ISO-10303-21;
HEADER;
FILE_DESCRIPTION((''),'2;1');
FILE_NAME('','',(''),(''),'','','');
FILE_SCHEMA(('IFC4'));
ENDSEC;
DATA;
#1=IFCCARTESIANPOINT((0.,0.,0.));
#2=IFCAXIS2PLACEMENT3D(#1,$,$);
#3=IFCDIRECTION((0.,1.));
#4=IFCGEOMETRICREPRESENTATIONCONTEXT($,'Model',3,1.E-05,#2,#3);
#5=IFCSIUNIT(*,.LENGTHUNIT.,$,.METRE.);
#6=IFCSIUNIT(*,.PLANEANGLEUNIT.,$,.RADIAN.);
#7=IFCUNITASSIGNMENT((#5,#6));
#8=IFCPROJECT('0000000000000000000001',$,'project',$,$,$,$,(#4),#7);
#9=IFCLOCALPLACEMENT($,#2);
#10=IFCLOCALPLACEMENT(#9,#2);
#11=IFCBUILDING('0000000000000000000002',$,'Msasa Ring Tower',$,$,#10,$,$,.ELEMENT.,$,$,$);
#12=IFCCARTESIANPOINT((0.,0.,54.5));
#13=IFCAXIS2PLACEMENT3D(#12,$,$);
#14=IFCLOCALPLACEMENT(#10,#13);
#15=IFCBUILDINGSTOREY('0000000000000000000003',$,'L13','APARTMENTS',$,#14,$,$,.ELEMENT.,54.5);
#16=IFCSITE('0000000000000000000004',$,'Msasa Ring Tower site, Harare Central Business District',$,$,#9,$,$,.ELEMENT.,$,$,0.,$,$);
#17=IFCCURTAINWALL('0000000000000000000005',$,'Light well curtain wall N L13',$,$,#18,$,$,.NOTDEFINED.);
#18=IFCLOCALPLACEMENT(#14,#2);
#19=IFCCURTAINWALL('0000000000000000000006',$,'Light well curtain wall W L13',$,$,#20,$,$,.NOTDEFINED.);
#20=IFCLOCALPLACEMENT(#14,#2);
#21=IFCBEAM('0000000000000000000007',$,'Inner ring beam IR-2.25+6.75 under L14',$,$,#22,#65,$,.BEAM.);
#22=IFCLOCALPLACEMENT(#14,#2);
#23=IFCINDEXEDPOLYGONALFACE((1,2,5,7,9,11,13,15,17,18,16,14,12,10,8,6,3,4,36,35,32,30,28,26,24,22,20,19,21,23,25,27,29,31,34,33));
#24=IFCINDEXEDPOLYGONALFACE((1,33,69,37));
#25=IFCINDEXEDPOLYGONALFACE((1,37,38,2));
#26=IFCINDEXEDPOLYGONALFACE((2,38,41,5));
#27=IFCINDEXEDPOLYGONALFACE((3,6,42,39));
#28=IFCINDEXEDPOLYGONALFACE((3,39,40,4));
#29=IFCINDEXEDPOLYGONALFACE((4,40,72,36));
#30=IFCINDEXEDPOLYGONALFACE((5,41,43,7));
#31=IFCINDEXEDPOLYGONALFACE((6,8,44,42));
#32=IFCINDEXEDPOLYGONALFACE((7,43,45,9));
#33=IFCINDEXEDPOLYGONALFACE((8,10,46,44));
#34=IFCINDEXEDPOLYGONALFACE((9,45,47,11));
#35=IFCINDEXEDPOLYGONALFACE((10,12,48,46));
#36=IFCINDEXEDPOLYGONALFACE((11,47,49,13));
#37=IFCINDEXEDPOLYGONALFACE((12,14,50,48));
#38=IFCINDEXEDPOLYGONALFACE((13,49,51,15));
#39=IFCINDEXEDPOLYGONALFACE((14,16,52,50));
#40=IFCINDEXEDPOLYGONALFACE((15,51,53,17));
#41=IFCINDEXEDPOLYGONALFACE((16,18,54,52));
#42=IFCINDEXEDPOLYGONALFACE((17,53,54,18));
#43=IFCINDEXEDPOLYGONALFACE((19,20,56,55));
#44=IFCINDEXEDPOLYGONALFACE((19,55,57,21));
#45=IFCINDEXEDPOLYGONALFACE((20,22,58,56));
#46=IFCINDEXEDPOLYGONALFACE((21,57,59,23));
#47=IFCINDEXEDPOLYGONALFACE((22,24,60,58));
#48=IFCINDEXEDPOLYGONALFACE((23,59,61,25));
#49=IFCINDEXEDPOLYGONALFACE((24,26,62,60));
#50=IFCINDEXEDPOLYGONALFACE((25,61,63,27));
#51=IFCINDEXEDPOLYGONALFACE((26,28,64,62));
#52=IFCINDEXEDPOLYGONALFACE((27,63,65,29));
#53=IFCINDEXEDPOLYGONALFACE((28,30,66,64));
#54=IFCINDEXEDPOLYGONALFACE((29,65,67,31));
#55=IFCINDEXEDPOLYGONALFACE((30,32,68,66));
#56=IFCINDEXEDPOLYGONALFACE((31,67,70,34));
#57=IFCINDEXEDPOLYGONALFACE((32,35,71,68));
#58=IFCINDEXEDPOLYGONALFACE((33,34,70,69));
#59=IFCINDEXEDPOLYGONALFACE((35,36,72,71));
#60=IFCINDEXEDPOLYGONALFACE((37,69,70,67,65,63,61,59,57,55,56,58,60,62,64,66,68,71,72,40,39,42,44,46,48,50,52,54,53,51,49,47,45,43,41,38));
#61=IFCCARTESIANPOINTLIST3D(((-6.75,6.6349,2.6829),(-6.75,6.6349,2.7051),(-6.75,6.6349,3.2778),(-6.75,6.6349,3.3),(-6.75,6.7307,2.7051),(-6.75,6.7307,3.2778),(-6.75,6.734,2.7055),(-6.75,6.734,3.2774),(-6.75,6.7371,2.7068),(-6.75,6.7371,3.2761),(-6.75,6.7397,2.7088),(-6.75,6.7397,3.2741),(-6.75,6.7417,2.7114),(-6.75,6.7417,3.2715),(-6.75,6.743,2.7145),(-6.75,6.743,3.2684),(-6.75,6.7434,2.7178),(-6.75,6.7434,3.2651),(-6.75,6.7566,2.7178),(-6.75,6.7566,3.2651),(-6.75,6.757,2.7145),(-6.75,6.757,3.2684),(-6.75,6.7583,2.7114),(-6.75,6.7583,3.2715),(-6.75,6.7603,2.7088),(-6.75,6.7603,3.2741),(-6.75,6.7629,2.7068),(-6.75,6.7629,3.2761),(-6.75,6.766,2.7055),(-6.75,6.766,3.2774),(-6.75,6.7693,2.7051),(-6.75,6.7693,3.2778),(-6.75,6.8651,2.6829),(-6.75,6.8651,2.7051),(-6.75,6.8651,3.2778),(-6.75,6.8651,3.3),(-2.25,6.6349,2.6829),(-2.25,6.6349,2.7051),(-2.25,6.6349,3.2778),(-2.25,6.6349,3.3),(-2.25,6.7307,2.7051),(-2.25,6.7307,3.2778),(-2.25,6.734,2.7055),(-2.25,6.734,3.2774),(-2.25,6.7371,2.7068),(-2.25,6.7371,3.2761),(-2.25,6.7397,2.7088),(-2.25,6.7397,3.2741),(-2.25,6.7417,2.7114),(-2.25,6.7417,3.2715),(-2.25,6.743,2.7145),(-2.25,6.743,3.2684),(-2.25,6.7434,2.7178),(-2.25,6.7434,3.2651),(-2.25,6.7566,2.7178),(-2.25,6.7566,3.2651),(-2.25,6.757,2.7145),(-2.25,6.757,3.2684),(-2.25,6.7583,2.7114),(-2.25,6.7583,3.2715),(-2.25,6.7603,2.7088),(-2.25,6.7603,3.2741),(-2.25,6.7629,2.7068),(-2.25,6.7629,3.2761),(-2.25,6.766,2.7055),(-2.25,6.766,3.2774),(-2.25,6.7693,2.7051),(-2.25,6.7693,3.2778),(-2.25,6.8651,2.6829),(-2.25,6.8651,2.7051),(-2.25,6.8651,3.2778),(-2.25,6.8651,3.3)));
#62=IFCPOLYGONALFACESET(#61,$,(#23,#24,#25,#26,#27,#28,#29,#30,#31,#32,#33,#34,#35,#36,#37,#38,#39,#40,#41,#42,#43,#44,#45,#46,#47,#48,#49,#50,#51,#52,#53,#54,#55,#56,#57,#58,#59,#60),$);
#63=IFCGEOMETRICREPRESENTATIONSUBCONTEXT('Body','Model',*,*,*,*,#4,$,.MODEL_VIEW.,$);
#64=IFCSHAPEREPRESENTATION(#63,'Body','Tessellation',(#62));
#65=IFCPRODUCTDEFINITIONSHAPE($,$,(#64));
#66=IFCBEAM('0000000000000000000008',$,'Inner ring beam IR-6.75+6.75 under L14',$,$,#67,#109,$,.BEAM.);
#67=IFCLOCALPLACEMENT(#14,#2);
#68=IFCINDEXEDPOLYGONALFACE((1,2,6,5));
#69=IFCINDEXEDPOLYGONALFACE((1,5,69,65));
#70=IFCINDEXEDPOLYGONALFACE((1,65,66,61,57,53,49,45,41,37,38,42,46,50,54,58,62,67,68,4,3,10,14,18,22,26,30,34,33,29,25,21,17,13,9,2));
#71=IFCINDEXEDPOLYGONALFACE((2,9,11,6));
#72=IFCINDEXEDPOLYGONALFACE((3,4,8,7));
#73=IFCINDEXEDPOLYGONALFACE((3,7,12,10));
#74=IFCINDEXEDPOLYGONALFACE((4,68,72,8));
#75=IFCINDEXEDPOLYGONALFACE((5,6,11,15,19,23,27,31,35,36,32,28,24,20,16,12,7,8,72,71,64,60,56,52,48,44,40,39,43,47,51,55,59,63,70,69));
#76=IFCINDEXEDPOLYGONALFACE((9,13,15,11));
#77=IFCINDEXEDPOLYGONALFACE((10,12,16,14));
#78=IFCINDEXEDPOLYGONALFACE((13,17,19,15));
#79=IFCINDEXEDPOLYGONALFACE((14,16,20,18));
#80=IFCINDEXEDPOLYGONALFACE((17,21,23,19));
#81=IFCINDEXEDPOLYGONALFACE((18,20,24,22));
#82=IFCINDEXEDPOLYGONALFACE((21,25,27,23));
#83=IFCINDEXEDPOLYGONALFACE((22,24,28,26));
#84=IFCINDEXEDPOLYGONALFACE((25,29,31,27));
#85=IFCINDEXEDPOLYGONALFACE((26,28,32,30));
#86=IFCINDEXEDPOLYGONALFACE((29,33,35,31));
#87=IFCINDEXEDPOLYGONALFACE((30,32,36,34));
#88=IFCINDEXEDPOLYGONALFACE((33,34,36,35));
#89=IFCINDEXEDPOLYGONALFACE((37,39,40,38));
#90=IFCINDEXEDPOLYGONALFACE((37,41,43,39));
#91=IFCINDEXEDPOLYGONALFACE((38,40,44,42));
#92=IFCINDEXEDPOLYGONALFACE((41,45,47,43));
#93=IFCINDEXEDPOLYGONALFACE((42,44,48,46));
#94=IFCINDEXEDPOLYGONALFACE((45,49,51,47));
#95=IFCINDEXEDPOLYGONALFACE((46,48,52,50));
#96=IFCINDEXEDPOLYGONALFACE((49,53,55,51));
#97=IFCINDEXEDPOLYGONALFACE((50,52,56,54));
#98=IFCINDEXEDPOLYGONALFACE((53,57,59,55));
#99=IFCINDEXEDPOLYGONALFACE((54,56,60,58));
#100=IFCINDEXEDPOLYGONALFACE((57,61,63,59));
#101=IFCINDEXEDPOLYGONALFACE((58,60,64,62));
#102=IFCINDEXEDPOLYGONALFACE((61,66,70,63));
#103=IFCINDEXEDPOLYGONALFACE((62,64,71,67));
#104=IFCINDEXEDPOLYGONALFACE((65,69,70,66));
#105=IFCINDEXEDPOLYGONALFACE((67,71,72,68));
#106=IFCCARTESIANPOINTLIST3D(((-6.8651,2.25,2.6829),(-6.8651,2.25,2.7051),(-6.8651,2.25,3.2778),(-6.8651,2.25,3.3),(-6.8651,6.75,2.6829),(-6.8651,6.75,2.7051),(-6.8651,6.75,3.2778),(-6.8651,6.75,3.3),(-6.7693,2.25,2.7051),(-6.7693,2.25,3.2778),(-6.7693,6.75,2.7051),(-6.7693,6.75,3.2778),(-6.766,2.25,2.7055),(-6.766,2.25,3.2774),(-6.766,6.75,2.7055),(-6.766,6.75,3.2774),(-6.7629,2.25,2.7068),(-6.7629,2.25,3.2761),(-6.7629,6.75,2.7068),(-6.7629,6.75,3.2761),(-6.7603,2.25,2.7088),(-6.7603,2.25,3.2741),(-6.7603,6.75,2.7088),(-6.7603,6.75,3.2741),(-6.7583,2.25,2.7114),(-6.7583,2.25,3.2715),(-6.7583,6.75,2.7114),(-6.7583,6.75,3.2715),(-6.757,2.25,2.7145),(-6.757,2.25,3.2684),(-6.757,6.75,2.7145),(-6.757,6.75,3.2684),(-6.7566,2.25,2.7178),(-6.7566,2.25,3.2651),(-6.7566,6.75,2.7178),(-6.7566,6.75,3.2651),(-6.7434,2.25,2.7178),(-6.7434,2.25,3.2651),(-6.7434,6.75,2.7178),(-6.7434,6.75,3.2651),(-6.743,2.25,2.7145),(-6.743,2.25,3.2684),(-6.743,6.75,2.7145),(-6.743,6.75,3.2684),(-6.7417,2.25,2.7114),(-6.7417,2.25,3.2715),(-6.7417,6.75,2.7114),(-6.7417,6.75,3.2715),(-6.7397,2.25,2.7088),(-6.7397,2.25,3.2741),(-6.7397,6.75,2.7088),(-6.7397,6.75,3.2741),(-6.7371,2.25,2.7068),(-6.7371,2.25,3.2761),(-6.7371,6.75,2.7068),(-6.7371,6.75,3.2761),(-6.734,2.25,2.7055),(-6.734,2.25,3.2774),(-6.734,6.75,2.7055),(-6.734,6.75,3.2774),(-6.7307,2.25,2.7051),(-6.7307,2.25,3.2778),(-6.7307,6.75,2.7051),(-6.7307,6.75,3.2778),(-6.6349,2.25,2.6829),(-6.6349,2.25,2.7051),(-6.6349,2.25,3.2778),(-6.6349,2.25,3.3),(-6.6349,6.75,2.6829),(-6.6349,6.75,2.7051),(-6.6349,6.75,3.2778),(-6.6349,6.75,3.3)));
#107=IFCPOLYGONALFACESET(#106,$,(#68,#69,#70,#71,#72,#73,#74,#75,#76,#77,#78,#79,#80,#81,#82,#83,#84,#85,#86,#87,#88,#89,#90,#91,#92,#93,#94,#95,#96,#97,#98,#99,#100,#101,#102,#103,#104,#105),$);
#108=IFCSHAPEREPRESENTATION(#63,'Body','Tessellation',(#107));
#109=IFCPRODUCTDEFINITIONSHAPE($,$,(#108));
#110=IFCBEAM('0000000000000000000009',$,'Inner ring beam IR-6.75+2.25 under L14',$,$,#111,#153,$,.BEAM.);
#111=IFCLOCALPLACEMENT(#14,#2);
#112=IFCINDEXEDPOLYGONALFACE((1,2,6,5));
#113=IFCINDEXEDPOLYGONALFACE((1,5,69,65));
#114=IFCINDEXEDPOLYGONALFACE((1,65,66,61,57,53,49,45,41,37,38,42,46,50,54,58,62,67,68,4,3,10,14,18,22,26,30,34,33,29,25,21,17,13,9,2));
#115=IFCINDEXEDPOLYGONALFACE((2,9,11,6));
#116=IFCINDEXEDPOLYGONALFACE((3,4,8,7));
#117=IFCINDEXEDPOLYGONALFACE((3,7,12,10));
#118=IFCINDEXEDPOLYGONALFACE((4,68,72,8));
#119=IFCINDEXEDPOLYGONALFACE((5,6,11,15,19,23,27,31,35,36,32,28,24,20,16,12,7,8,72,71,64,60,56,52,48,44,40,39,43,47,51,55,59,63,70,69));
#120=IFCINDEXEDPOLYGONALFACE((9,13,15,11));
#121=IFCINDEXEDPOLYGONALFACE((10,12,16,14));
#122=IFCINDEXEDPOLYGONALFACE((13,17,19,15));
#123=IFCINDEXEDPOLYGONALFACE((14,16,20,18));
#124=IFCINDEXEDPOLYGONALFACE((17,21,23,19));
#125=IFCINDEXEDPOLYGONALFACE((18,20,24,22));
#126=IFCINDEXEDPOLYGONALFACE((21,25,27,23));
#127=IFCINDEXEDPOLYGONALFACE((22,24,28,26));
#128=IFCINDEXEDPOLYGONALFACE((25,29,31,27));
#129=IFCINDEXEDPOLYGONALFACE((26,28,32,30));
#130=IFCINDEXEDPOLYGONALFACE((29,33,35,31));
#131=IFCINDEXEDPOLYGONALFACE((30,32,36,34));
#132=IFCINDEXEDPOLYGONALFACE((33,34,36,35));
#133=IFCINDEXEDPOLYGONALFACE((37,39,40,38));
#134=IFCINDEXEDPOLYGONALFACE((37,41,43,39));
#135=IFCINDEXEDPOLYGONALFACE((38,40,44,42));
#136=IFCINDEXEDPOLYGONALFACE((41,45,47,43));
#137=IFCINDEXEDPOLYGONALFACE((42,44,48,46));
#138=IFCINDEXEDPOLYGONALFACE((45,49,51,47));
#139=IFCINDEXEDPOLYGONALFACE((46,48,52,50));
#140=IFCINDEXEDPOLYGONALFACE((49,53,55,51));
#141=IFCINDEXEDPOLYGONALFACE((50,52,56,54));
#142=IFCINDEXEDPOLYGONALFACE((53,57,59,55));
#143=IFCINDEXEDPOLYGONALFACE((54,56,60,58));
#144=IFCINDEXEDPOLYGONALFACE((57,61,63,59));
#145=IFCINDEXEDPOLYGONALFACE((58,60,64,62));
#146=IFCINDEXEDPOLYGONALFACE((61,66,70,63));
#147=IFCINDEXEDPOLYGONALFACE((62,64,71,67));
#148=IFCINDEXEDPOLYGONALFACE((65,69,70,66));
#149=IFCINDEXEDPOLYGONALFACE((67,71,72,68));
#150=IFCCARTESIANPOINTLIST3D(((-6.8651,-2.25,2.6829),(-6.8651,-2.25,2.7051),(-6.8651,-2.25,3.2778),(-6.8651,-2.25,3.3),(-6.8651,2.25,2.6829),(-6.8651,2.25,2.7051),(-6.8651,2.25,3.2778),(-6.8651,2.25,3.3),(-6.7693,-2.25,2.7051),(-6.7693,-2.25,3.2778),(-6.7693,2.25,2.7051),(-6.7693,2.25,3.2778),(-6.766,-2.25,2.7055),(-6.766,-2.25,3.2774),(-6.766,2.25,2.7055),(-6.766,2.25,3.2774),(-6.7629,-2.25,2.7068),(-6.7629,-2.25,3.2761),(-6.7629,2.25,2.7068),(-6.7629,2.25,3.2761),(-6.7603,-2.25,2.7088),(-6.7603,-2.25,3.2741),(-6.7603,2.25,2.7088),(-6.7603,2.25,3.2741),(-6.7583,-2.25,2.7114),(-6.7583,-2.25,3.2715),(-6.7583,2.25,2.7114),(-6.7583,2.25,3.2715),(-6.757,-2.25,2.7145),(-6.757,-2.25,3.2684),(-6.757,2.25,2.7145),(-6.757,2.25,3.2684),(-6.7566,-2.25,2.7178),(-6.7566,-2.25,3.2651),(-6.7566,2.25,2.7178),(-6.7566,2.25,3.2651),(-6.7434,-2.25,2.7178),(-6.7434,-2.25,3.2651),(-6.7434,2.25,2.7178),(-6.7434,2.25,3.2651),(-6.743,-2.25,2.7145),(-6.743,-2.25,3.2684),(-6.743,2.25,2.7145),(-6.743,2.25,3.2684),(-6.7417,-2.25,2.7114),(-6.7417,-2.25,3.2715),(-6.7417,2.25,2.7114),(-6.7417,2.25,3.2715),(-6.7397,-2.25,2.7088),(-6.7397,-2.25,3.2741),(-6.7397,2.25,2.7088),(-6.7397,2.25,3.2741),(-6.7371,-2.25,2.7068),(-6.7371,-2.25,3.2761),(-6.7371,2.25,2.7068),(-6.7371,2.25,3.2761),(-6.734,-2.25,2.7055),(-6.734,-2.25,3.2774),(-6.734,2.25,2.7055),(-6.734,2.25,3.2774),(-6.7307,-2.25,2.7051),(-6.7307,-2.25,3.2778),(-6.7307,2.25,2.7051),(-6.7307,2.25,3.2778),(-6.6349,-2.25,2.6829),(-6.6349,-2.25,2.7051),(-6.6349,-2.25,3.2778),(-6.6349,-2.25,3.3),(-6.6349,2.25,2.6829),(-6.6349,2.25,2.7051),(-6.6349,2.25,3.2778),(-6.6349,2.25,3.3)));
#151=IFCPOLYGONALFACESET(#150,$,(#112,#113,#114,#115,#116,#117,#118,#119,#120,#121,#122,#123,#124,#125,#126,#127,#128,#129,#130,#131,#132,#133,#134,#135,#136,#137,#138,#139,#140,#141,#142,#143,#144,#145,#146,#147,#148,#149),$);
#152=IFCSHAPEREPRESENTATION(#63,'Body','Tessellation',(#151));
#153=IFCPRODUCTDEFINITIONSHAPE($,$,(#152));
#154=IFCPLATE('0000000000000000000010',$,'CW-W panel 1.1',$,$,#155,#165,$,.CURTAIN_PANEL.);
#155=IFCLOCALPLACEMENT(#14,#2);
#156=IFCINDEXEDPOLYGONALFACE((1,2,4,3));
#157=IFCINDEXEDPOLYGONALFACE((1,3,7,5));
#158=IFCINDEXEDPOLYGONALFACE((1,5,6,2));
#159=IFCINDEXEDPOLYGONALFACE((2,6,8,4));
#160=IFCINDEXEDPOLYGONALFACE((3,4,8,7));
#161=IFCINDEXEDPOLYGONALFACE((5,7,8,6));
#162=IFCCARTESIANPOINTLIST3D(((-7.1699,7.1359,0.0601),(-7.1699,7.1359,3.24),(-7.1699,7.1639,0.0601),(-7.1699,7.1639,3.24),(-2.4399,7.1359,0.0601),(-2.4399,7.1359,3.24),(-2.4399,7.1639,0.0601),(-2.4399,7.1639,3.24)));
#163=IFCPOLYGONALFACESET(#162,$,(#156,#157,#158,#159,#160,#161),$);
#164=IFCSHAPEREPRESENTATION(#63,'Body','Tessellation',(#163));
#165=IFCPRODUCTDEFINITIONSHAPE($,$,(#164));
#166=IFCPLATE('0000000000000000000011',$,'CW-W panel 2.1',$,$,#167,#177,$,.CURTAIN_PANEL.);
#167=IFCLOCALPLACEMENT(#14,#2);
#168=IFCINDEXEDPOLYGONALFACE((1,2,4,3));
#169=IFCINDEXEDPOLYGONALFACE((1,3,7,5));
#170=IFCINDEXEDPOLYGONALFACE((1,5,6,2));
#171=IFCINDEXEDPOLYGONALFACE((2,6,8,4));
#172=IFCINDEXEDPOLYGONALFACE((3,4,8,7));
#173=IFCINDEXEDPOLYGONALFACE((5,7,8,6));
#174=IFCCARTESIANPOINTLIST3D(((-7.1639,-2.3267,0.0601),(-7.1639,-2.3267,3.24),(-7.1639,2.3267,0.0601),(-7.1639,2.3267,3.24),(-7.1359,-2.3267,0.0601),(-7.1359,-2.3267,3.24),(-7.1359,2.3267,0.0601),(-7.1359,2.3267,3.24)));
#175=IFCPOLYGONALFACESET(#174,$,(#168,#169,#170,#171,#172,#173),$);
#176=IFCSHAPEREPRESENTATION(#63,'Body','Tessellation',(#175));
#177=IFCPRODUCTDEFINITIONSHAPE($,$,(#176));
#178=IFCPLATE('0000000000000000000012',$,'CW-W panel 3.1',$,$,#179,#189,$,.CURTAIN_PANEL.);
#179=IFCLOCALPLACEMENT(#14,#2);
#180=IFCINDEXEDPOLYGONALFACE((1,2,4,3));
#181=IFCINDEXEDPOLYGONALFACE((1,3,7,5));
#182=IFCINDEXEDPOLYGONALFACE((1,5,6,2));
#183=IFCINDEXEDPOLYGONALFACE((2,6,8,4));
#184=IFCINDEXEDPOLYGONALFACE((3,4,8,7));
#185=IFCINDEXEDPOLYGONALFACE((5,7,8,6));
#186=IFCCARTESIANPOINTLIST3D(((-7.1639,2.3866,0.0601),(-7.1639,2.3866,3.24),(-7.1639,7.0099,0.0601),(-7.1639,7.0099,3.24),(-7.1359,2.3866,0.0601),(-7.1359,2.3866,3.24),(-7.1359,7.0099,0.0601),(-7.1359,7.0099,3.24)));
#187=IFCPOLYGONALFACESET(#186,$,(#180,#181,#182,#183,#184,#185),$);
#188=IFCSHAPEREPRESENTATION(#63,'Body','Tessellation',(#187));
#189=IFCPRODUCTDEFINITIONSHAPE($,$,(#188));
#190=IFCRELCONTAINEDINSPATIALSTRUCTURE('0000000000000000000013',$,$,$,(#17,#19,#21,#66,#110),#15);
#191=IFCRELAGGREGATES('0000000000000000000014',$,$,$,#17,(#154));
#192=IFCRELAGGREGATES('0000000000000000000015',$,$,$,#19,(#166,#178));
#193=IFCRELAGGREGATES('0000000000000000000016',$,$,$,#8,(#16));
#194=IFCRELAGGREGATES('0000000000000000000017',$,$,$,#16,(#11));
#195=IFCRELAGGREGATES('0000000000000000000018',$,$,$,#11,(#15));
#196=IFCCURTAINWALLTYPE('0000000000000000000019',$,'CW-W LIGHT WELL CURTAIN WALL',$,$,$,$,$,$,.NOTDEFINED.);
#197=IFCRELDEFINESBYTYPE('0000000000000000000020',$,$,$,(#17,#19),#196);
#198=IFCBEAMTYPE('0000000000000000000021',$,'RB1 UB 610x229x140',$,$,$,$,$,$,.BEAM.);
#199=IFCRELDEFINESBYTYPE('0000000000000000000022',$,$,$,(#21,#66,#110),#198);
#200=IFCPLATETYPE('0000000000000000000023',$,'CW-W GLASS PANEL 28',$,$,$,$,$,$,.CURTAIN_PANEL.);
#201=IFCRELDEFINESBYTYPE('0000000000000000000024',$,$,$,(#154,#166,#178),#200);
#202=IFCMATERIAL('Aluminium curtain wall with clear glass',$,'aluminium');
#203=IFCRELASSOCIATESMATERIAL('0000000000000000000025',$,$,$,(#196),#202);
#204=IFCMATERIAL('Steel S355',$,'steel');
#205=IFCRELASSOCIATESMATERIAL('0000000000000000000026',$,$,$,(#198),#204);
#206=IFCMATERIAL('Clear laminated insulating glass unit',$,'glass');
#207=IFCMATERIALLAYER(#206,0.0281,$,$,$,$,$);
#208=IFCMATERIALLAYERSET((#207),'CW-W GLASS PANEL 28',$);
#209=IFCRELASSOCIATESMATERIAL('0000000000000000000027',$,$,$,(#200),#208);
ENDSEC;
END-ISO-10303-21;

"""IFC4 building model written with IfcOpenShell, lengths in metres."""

from ifc_helpers import new_model, si_unit, direction, frame, origin, origin_2d, place, context, subcontext, project, spatial, rectangle, i_section, extrude, material, layer, layer_set, material_profile, profile_set, type_object, element, aggregate, save


model = new_model("IFC4")

# Units and contexts
model_context = context("Model", 3, precision=1e-05, world=origin(), true_north=direction((0.0, 1.0)))
body_context = subcontext(model_context, "Body", "Model", "MODEL_VIEW")
ifc_project = project(units=[si_unit("LENGTHUNIT", "METRE"), si_unit("PLANEANGLEUNIT", "RADIAN")], contexts=[model_context])

# Site, building, storey
site_placement = place(None, origin())
site = spatial("IfcSite", under=ifc_project, at=site_placement, Name="Msasa Ring Tower site, Harare Central Business District", CompositionType="ELEMENT", RefElevation=0.0)
building_placement = place(site_placement, origin())
building = spatial("IfcBuilding", under=site, at=building_placement, Name="Msasa Ring Tower", CompositionType="ELEMENT")
storey_placement = place(building_placement, frame((0.0, 0.0, 54.5)))
storey = spatial("IfcBuildingStorey", under=building, at=storey_placement, Name="L13", Description="APARTMENTS", CompositionType="ELEMENT", Elevation=54.5)

# Curtain walls
ifc_material_1 = material(Name="Aluminium curtain wall with clear glass", Category="aluminium")
curtain_wall_type = type_object("IfcCurtainWallType", Name="CW-W LIGHT WELL CURTAIN WALL", PredefinedType="NOTDEFINED", material=ifc_material_1)
curtain_wall_1_placement = place(storey_placement, origin())
curtain_wall_1 = element("IfcCurtainWall", 1, at=curtain_wall_1_placement, inside=storey, type_object=curtain_wall_type, Name="Light well curtain wall N L13", PredefinedType="NOTDEFINED")
curtain_wall_2_placement = place(storey_placement, origin())
curtain_wall_2 = element("IfcCurtainWall", 2, at=curtain_wall_2_placement, inside=storey, type_object=curtain_wall_type, Name="Light well curtain wall W L13", PredefinedType="NOTDEFINED")

# Beams
ifc_material_2 = material(Name="Steel S355", Category="steel")
ifc_material_profile_1 = material_profile(ifc_material_2, i_section(OverallWidth=0.2302, OverallDepth=0.6172, WebThickness=0.0132, FlangeThickness=0.0222, FilletRadius=0.0127, at=origin_2d()), Name="UB 610x229x140")
ifc_profile_set_1 = profile_set([ifc_material_profile_1], Name="Steel S355")
beam_type = type_object("IfcBeamType", Name="RB1 UB 610x229x140", PredefinedType="BEAM", material=ifc_profile_set_1)
for number, where, z_axis, x_axis, name in (
    (3, (-2.25, 6.75, 2.9915), (-1.0, 0.0, 0.0), (0.0, -1.0, 0.0), "Inner ring beam IR-2.25+6.75 under L14"),
    (4, (-6.75, 6.75, 2.9915), (0.0, -1.0, 0.0), (1.0, 0.0, 0.0), "Inner ring beam IR-6.75+6.75 under L14"),
    (5, (-6.75, 2.25, 2.9915), (0.0, -1.0, 0.0), (1.0, 0.0, 0.0), "Inner ring beam IR-6.75+2.25 under L14"),
):
    element("IfcBeam", number, at=place(storey_placement, frame(where, z_axis=z_axis, x_axis=x_axis)), inside=storey, type_object=beam_type, Name=name, PredefinedType="BEAM", context=body_context, shape_type="SweptSolid", body=[
        extrude(i_section(OverallWidth=0.2302, OverallDepth=0.6172, WebThickness=0.0132, FlangeThickness=0.0222, FilletRadius=0.0127, at=origin_2d()), origin(), (0.0, 0.0, 1.0), 4.5),
    ])

# Plates
ifc_material_3 = material(Name="Clear laminated insulating glass unit", Category="glass")
ifc_layer_1 = layer(ifc_material_3, 0.0281)
ifc_layer_set_1 = layer_set([ifc_layer_1], Name="CW-W GLASS PANEL 28")
plate_type = type_object("IfcPlateType", Name="CW-W GLASS PANEL 28", PredefinedType="CURTAIN_PANEL", material=ifc_layer_set_1)
plate_1_placement = place(storey_placement, frame((-4.8049, 7.1499, 0.0601), z_axis=(0.0, 0.0, 1.0), x_axis=(1.0, 0.0, 0.0)))
plate_1 = element("IfcPlate", 6, at=plate_1_placement, type_object=plate_type, Name="CW-W panel 1.1", PredefinedType="CURTAIN_PANEL", context=body_context, shape_type="SweptSolid", body=[
    extrude(rectangle(XDim=4.73, YDim=0.0281, at=origin_2d()), origin(), (0.0, 0.0, 1.0), 3.1799),
])
aggregate(curtain_wall_1, [plate_1])
plate_2_placement = place(storey_placement, frame((-7.1499, 0.0, 0.0601), z_axis=(0.0, 0.0, 1.0), x_axis=(0.0, 1.0, 0.0)))
plate_2 = element("IfcPlate", 7, at=plate_2_placement, type_object=plate_type, Name="CW-W panel 2.1", PredefinedType="CURTAIN_PANEL", context=body_context, shape_type="SweptSolid", body=[
    extrude(rectangle(XDim=4.6533, YDim=0.0281, at=origin_2d()), origin(), (0.0, 0.0, 1.0), 3.1799),
])
plate_3_placement = place(storey_placement, frame((-7.1499, 4.6982, 0.0601), z_axis=(0.0, 0.0, 1.0), x_axis=(0.0, 1.0, 0.0)))
plate_3 = element("IfcPlate", 8, at=plate_3_placement, type_object=plate_type, Name="CW-W panel 3.1", PredefinedType="CURTAIN_PANEL", context=body_context, shape_type="SweptSolid", body=[
    extrude(rectangle(XDim=4.6233, YDim=0.0281, at=origin_2d()), origin(), (0.0, 0.0, 1.0), 3.1799),
])
aggregate(curtain_wall_2, [plate_2, plate_3])

save(model, "model.ifc")
